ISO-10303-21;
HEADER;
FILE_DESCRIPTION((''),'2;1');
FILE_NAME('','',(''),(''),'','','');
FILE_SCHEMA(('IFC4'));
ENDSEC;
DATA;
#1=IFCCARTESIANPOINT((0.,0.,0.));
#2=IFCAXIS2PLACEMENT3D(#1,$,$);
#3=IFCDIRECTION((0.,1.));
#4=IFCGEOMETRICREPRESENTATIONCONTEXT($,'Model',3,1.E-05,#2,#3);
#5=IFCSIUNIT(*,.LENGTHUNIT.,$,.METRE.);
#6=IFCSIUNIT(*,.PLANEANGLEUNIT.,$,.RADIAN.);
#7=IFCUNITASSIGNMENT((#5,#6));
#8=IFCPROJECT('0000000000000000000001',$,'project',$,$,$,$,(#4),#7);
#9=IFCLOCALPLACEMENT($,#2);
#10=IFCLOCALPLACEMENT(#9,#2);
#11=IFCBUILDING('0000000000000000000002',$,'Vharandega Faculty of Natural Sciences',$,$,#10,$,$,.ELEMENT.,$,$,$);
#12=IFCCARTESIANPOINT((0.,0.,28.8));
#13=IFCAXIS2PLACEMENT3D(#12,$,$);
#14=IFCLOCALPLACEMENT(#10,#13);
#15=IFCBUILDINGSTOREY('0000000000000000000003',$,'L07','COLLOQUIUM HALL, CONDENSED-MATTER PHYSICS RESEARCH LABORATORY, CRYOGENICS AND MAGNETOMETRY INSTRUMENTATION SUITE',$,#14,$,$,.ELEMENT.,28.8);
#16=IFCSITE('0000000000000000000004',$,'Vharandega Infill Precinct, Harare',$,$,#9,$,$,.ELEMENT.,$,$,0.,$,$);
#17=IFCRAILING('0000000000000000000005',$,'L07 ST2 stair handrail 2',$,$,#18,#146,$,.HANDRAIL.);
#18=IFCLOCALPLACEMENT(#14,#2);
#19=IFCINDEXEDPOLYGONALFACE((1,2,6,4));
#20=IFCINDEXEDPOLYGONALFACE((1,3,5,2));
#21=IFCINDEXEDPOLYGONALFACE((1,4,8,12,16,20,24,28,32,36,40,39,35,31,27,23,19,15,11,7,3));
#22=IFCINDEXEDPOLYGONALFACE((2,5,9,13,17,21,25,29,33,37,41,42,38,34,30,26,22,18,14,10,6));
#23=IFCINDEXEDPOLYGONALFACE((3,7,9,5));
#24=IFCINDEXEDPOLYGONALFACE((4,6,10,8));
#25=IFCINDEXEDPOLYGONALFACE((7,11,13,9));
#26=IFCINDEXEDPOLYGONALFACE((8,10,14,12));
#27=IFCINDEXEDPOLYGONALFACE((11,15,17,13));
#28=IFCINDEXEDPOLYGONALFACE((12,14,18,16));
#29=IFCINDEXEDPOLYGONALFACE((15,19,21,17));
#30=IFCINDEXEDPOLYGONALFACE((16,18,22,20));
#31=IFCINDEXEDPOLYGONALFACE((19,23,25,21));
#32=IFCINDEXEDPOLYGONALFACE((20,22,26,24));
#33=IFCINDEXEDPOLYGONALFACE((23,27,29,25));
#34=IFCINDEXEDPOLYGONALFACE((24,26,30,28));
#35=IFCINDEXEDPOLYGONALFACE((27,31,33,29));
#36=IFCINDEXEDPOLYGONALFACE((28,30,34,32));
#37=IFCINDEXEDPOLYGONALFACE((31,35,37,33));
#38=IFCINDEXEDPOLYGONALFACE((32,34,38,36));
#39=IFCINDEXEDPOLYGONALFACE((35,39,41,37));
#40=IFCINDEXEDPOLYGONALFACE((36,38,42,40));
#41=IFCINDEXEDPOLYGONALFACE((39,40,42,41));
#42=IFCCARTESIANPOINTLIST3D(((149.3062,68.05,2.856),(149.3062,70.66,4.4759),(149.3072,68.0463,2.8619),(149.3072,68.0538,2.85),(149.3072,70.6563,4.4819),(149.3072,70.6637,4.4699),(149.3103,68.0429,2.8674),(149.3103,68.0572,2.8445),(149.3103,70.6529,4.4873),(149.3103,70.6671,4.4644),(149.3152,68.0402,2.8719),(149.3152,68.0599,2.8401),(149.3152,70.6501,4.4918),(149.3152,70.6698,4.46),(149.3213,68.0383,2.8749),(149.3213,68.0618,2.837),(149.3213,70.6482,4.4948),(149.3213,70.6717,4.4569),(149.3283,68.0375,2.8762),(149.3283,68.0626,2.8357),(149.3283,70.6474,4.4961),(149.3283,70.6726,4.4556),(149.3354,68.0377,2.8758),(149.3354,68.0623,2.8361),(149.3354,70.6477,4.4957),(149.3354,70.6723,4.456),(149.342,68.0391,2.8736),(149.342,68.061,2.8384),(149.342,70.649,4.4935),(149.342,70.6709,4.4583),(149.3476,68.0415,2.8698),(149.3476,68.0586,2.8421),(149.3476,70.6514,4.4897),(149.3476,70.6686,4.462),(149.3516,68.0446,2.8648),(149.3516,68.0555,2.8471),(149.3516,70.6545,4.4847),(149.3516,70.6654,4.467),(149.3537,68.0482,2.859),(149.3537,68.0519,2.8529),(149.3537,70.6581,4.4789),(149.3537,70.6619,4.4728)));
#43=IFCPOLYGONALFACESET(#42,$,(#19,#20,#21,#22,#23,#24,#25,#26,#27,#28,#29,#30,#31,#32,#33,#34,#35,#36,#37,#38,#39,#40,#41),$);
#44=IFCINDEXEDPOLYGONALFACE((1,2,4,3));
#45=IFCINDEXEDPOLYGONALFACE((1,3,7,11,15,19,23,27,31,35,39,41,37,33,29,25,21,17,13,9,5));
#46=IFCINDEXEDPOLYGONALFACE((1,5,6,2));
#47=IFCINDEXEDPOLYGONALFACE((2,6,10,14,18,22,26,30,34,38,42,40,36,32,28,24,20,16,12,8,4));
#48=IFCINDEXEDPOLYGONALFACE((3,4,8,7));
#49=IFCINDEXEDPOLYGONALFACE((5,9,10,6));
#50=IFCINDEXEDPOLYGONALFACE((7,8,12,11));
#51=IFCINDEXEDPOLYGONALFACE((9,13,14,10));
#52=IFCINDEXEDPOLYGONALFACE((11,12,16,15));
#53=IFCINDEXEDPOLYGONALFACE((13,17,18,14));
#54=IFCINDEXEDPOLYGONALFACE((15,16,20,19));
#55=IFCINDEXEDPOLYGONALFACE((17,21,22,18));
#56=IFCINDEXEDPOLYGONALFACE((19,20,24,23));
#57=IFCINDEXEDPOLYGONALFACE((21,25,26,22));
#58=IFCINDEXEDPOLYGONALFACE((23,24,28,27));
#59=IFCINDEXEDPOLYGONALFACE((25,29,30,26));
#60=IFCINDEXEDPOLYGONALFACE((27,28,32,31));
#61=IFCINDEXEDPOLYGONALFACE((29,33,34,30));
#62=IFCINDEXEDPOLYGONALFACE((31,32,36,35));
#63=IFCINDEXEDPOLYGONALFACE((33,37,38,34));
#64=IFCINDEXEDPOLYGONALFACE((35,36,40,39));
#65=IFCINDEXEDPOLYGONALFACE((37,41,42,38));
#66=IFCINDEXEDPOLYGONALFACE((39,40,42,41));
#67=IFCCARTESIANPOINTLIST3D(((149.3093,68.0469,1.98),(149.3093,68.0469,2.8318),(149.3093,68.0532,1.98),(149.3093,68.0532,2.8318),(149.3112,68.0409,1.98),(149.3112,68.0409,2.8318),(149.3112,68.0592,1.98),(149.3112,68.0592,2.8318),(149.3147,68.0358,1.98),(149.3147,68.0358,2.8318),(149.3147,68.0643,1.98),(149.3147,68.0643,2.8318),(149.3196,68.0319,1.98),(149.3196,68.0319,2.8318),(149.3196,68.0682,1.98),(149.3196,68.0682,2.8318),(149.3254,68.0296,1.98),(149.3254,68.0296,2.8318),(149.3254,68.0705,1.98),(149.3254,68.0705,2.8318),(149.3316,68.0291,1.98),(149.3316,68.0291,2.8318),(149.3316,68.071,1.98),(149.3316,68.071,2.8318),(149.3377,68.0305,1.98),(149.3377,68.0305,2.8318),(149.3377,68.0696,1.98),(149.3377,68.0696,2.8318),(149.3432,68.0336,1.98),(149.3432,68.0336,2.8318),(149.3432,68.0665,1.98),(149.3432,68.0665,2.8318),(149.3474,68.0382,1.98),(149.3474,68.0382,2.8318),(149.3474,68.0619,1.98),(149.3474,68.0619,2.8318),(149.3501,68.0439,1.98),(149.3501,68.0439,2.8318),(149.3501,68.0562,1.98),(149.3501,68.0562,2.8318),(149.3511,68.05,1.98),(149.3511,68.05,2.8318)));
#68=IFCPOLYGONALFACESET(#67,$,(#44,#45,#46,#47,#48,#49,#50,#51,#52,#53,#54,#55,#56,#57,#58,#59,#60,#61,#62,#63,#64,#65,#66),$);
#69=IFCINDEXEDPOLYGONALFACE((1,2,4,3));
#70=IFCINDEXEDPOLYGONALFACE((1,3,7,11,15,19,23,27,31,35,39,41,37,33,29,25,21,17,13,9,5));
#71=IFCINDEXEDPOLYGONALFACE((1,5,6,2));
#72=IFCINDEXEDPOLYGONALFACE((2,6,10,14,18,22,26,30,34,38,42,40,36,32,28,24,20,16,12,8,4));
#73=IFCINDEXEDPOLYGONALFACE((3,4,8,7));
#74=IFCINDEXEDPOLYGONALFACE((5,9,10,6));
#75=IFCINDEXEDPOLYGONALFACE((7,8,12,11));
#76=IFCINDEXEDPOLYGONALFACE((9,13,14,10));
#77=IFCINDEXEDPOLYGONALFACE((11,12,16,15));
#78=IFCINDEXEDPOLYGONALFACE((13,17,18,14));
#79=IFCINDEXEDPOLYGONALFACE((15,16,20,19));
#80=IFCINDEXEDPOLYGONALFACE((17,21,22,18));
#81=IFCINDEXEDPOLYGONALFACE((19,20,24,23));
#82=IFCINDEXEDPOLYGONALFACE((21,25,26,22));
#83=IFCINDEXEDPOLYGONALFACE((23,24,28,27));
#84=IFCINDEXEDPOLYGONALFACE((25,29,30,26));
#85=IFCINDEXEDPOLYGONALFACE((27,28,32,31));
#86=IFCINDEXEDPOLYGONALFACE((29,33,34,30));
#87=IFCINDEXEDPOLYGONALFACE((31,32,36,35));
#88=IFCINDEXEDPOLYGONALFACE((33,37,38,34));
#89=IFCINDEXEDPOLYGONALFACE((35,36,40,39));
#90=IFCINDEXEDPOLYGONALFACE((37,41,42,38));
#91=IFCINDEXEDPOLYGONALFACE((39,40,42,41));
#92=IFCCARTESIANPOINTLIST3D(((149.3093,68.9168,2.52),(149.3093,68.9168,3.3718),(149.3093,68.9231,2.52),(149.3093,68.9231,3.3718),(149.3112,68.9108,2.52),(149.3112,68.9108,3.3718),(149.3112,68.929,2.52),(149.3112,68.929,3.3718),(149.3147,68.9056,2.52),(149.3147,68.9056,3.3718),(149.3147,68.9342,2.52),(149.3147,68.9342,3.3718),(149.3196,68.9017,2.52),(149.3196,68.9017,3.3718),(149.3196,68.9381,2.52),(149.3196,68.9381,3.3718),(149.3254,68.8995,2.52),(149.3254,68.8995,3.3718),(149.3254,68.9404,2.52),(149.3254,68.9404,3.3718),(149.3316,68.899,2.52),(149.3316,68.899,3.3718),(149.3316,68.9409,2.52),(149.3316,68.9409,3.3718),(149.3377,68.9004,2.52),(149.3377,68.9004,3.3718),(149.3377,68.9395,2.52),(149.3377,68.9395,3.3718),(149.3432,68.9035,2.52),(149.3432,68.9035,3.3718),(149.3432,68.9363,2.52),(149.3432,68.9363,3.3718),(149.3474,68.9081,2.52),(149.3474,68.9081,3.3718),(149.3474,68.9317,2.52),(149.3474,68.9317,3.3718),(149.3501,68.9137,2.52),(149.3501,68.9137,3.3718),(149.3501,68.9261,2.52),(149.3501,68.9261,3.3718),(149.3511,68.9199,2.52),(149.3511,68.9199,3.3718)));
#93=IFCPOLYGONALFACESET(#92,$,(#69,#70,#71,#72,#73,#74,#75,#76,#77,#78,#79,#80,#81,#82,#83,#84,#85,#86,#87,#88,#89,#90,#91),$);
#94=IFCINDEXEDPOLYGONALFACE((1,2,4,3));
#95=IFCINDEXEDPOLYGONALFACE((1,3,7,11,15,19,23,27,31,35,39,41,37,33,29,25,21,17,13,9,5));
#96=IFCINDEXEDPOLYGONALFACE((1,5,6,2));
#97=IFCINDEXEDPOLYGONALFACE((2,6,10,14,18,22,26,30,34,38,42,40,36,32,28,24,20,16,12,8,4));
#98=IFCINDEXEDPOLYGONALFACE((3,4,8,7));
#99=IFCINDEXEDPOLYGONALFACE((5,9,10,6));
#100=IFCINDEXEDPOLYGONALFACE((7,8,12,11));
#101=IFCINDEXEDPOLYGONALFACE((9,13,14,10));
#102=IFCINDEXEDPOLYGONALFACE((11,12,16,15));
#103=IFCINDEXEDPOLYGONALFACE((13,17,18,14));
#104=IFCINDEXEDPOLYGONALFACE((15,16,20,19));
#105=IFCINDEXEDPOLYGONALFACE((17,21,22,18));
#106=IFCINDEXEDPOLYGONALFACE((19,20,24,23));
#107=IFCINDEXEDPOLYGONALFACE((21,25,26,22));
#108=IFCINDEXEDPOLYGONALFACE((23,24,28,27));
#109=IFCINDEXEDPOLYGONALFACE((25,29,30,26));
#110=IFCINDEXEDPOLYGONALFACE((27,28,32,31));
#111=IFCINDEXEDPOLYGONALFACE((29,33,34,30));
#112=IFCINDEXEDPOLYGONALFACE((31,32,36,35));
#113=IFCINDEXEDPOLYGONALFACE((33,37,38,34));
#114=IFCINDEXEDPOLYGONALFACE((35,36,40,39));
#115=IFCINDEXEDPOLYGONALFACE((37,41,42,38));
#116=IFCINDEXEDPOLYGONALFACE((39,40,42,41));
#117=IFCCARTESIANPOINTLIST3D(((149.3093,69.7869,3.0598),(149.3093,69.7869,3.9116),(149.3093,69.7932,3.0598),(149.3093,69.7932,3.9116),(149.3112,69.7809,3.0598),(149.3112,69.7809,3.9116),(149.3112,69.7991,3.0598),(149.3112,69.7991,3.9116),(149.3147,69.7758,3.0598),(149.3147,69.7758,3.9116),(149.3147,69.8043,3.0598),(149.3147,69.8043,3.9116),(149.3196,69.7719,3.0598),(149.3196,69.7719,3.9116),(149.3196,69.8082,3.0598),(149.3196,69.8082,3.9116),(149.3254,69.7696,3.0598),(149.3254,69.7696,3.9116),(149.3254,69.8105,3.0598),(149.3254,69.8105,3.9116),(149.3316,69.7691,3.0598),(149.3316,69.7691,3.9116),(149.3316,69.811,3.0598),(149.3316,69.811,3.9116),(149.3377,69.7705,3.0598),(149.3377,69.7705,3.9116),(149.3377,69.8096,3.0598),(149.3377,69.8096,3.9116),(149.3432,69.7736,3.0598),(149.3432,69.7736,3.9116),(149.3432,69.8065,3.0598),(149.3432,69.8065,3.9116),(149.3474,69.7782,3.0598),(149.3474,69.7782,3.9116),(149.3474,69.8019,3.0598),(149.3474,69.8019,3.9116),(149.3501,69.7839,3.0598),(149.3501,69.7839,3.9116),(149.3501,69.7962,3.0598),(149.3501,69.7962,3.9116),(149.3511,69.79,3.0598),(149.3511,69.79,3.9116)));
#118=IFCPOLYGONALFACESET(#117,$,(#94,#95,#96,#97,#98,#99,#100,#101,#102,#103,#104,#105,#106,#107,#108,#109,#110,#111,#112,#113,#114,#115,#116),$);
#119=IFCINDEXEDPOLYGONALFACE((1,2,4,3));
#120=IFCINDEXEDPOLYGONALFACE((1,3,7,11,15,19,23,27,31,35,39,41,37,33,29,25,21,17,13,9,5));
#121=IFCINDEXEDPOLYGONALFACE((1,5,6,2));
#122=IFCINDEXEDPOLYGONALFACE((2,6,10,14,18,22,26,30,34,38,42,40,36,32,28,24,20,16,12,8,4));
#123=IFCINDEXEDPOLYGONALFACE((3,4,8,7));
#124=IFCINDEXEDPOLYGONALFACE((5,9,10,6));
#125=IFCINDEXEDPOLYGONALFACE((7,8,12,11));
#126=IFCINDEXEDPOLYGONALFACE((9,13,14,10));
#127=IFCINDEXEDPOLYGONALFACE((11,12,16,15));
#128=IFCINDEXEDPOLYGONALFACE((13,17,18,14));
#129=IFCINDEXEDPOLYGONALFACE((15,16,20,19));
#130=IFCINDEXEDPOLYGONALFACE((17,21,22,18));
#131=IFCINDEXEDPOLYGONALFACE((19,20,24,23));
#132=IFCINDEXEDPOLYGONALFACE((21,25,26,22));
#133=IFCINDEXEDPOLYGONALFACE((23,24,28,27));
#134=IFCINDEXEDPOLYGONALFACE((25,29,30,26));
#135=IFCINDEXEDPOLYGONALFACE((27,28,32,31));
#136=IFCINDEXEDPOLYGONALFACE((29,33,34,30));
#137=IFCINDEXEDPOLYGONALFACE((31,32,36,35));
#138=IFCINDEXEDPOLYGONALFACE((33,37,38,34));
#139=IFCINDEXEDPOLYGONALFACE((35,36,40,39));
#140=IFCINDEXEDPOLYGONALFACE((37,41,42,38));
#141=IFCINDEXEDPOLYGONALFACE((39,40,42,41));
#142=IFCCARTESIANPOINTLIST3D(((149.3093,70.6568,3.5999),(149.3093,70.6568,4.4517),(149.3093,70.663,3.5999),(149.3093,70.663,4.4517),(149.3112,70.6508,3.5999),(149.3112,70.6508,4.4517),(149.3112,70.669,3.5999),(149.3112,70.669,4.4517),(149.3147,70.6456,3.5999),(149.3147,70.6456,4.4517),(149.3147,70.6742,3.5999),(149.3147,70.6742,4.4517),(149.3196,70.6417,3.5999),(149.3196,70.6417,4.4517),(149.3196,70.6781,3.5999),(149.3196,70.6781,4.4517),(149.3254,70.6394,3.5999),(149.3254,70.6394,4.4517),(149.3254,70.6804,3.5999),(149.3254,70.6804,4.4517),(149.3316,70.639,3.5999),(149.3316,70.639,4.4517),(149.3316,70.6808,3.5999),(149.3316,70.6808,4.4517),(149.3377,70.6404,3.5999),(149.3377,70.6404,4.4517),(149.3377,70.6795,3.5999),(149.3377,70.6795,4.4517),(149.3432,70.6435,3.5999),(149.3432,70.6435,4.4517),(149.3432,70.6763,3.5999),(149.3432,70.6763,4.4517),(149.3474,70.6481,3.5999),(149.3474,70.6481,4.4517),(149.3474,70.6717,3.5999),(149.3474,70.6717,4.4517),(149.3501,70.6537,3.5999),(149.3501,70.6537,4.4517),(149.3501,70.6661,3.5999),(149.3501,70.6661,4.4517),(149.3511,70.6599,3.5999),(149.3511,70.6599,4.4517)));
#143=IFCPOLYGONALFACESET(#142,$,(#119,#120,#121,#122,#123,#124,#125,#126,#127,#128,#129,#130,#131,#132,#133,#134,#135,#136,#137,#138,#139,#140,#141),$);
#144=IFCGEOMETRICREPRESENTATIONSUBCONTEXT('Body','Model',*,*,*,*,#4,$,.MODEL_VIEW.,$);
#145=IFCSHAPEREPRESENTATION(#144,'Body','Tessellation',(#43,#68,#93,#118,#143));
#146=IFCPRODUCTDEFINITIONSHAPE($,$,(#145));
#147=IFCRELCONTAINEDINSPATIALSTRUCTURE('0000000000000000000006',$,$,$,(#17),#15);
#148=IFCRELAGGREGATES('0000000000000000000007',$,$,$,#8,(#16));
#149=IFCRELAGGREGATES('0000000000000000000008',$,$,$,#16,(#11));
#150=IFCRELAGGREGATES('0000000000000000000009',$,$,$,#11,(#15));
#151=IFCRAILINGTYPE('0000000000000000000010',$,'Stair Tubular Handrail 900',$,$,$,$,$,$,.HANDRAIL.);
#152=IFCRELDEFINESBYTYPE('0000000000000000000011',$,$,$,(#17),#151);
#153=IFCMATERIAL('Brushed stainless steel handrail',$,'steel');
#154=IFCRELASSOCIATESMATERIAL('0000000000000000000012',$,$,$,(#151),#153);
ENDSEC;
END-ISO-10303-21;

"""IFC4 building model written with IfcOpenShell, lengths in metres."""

from ifc_helpers import new_model, si_unit, direction, frame, origin, origin_2d, place, context, subcontext, project, spatial, circle, extrude, material, type_object, element, save


model = new_model("IFC4")

# Units and contexts
model_context = context("Model", 3, precision=1e-05, world=origin(), true_north=direction((0.0, 1.0)))
body_context = subcontext(model_context, "Body", "Model", "MODEL_VIEW")
ifc_project = project(units=[si_unit("LENGTHUNIT", "METRE"), si_unit("PLANEANGLEUNIT", "RADIAN")], contexts=[model_context])

# Site, building, storey
site_placement = place(None, origin())
site = spatial("IfcSite", under=ifc_project, at=site_placement, Name="Vharandega Infill Precinct, Harare", CompositionType="ELEMENT", RefElevation=0.0)
building_placement = place(site_placement, origin())
building = spatial("IfcBuilding", under=site, at=building_placement, Name="Vharandega Faculty of Natural Sciences", CompositionType="ELEMENT")
storey_placement = place(building_placement, frame((0.0, 0.0, 28.8)))
storey = spatial("IfcBuildingStorey", under=building, at=storey_placement, Name="L07", Description="COLLOQUIUM HALL, CONDENSED-MATTER PHYSICS RESEARCH LABORATORY, CRYOGENICS AND MAGNETOMETRY INSTRUMENTATION SUITE", CompositionType="ELEMENT", Elevation=28.8)

# Railing
ifc_material_1 = material(Name="Brushed stainless steel handrail", Category="steel")
railing_type = type_object("IfcRailingType", Name="Stair Tubular Handrail 900", PredefinedType="HANDRAIL", material=ifc_material_1)
railing_placement = place(storey_placement, frame((149.3301, 68.05, 1.98)))
element("IfcRailing", 1, at=railing_placement, inside=storey, type_object=railing_type, Name="L07 ST2 stair handrail 2", PredefinedType="HANDRAIL", context=body_context, shape_type="SweptSolid", body=[
    extrude(circle(Radius=0.0239, at=origin_2d()), frame((0.0, 0.0, 0.876), z_axis=(0.0, 0.849646, 0.527353), x_axis=(-1.0, 0.0, 0.0)), (0.0, 0.0, 1.0), 3.0718),
    extrude(circle(Radius=0.021, at=origin_2d()), origin(), (0.0, 0.0, 1.0), 0.8518),
    extrude(circle(Radius=0.021, at=origin_2d()), frame((0.0, 0.8699, 0.54)), (0.0, 0.0, 1.0), 0.8518),
    extrude(circle(Radius=0.021, at=origin_2d()), frame((0.0, 1.74, 1.0798)), (0.0, 0.0, 1.0), 0.8518),
    extrude(circle(Radius=0.021, at=origin_2d()), frame((0.0, 2.6099, 1.6199)), (0.0, 0.0, 1.0), 0.8518),
])

save(model, "model.ifc")
